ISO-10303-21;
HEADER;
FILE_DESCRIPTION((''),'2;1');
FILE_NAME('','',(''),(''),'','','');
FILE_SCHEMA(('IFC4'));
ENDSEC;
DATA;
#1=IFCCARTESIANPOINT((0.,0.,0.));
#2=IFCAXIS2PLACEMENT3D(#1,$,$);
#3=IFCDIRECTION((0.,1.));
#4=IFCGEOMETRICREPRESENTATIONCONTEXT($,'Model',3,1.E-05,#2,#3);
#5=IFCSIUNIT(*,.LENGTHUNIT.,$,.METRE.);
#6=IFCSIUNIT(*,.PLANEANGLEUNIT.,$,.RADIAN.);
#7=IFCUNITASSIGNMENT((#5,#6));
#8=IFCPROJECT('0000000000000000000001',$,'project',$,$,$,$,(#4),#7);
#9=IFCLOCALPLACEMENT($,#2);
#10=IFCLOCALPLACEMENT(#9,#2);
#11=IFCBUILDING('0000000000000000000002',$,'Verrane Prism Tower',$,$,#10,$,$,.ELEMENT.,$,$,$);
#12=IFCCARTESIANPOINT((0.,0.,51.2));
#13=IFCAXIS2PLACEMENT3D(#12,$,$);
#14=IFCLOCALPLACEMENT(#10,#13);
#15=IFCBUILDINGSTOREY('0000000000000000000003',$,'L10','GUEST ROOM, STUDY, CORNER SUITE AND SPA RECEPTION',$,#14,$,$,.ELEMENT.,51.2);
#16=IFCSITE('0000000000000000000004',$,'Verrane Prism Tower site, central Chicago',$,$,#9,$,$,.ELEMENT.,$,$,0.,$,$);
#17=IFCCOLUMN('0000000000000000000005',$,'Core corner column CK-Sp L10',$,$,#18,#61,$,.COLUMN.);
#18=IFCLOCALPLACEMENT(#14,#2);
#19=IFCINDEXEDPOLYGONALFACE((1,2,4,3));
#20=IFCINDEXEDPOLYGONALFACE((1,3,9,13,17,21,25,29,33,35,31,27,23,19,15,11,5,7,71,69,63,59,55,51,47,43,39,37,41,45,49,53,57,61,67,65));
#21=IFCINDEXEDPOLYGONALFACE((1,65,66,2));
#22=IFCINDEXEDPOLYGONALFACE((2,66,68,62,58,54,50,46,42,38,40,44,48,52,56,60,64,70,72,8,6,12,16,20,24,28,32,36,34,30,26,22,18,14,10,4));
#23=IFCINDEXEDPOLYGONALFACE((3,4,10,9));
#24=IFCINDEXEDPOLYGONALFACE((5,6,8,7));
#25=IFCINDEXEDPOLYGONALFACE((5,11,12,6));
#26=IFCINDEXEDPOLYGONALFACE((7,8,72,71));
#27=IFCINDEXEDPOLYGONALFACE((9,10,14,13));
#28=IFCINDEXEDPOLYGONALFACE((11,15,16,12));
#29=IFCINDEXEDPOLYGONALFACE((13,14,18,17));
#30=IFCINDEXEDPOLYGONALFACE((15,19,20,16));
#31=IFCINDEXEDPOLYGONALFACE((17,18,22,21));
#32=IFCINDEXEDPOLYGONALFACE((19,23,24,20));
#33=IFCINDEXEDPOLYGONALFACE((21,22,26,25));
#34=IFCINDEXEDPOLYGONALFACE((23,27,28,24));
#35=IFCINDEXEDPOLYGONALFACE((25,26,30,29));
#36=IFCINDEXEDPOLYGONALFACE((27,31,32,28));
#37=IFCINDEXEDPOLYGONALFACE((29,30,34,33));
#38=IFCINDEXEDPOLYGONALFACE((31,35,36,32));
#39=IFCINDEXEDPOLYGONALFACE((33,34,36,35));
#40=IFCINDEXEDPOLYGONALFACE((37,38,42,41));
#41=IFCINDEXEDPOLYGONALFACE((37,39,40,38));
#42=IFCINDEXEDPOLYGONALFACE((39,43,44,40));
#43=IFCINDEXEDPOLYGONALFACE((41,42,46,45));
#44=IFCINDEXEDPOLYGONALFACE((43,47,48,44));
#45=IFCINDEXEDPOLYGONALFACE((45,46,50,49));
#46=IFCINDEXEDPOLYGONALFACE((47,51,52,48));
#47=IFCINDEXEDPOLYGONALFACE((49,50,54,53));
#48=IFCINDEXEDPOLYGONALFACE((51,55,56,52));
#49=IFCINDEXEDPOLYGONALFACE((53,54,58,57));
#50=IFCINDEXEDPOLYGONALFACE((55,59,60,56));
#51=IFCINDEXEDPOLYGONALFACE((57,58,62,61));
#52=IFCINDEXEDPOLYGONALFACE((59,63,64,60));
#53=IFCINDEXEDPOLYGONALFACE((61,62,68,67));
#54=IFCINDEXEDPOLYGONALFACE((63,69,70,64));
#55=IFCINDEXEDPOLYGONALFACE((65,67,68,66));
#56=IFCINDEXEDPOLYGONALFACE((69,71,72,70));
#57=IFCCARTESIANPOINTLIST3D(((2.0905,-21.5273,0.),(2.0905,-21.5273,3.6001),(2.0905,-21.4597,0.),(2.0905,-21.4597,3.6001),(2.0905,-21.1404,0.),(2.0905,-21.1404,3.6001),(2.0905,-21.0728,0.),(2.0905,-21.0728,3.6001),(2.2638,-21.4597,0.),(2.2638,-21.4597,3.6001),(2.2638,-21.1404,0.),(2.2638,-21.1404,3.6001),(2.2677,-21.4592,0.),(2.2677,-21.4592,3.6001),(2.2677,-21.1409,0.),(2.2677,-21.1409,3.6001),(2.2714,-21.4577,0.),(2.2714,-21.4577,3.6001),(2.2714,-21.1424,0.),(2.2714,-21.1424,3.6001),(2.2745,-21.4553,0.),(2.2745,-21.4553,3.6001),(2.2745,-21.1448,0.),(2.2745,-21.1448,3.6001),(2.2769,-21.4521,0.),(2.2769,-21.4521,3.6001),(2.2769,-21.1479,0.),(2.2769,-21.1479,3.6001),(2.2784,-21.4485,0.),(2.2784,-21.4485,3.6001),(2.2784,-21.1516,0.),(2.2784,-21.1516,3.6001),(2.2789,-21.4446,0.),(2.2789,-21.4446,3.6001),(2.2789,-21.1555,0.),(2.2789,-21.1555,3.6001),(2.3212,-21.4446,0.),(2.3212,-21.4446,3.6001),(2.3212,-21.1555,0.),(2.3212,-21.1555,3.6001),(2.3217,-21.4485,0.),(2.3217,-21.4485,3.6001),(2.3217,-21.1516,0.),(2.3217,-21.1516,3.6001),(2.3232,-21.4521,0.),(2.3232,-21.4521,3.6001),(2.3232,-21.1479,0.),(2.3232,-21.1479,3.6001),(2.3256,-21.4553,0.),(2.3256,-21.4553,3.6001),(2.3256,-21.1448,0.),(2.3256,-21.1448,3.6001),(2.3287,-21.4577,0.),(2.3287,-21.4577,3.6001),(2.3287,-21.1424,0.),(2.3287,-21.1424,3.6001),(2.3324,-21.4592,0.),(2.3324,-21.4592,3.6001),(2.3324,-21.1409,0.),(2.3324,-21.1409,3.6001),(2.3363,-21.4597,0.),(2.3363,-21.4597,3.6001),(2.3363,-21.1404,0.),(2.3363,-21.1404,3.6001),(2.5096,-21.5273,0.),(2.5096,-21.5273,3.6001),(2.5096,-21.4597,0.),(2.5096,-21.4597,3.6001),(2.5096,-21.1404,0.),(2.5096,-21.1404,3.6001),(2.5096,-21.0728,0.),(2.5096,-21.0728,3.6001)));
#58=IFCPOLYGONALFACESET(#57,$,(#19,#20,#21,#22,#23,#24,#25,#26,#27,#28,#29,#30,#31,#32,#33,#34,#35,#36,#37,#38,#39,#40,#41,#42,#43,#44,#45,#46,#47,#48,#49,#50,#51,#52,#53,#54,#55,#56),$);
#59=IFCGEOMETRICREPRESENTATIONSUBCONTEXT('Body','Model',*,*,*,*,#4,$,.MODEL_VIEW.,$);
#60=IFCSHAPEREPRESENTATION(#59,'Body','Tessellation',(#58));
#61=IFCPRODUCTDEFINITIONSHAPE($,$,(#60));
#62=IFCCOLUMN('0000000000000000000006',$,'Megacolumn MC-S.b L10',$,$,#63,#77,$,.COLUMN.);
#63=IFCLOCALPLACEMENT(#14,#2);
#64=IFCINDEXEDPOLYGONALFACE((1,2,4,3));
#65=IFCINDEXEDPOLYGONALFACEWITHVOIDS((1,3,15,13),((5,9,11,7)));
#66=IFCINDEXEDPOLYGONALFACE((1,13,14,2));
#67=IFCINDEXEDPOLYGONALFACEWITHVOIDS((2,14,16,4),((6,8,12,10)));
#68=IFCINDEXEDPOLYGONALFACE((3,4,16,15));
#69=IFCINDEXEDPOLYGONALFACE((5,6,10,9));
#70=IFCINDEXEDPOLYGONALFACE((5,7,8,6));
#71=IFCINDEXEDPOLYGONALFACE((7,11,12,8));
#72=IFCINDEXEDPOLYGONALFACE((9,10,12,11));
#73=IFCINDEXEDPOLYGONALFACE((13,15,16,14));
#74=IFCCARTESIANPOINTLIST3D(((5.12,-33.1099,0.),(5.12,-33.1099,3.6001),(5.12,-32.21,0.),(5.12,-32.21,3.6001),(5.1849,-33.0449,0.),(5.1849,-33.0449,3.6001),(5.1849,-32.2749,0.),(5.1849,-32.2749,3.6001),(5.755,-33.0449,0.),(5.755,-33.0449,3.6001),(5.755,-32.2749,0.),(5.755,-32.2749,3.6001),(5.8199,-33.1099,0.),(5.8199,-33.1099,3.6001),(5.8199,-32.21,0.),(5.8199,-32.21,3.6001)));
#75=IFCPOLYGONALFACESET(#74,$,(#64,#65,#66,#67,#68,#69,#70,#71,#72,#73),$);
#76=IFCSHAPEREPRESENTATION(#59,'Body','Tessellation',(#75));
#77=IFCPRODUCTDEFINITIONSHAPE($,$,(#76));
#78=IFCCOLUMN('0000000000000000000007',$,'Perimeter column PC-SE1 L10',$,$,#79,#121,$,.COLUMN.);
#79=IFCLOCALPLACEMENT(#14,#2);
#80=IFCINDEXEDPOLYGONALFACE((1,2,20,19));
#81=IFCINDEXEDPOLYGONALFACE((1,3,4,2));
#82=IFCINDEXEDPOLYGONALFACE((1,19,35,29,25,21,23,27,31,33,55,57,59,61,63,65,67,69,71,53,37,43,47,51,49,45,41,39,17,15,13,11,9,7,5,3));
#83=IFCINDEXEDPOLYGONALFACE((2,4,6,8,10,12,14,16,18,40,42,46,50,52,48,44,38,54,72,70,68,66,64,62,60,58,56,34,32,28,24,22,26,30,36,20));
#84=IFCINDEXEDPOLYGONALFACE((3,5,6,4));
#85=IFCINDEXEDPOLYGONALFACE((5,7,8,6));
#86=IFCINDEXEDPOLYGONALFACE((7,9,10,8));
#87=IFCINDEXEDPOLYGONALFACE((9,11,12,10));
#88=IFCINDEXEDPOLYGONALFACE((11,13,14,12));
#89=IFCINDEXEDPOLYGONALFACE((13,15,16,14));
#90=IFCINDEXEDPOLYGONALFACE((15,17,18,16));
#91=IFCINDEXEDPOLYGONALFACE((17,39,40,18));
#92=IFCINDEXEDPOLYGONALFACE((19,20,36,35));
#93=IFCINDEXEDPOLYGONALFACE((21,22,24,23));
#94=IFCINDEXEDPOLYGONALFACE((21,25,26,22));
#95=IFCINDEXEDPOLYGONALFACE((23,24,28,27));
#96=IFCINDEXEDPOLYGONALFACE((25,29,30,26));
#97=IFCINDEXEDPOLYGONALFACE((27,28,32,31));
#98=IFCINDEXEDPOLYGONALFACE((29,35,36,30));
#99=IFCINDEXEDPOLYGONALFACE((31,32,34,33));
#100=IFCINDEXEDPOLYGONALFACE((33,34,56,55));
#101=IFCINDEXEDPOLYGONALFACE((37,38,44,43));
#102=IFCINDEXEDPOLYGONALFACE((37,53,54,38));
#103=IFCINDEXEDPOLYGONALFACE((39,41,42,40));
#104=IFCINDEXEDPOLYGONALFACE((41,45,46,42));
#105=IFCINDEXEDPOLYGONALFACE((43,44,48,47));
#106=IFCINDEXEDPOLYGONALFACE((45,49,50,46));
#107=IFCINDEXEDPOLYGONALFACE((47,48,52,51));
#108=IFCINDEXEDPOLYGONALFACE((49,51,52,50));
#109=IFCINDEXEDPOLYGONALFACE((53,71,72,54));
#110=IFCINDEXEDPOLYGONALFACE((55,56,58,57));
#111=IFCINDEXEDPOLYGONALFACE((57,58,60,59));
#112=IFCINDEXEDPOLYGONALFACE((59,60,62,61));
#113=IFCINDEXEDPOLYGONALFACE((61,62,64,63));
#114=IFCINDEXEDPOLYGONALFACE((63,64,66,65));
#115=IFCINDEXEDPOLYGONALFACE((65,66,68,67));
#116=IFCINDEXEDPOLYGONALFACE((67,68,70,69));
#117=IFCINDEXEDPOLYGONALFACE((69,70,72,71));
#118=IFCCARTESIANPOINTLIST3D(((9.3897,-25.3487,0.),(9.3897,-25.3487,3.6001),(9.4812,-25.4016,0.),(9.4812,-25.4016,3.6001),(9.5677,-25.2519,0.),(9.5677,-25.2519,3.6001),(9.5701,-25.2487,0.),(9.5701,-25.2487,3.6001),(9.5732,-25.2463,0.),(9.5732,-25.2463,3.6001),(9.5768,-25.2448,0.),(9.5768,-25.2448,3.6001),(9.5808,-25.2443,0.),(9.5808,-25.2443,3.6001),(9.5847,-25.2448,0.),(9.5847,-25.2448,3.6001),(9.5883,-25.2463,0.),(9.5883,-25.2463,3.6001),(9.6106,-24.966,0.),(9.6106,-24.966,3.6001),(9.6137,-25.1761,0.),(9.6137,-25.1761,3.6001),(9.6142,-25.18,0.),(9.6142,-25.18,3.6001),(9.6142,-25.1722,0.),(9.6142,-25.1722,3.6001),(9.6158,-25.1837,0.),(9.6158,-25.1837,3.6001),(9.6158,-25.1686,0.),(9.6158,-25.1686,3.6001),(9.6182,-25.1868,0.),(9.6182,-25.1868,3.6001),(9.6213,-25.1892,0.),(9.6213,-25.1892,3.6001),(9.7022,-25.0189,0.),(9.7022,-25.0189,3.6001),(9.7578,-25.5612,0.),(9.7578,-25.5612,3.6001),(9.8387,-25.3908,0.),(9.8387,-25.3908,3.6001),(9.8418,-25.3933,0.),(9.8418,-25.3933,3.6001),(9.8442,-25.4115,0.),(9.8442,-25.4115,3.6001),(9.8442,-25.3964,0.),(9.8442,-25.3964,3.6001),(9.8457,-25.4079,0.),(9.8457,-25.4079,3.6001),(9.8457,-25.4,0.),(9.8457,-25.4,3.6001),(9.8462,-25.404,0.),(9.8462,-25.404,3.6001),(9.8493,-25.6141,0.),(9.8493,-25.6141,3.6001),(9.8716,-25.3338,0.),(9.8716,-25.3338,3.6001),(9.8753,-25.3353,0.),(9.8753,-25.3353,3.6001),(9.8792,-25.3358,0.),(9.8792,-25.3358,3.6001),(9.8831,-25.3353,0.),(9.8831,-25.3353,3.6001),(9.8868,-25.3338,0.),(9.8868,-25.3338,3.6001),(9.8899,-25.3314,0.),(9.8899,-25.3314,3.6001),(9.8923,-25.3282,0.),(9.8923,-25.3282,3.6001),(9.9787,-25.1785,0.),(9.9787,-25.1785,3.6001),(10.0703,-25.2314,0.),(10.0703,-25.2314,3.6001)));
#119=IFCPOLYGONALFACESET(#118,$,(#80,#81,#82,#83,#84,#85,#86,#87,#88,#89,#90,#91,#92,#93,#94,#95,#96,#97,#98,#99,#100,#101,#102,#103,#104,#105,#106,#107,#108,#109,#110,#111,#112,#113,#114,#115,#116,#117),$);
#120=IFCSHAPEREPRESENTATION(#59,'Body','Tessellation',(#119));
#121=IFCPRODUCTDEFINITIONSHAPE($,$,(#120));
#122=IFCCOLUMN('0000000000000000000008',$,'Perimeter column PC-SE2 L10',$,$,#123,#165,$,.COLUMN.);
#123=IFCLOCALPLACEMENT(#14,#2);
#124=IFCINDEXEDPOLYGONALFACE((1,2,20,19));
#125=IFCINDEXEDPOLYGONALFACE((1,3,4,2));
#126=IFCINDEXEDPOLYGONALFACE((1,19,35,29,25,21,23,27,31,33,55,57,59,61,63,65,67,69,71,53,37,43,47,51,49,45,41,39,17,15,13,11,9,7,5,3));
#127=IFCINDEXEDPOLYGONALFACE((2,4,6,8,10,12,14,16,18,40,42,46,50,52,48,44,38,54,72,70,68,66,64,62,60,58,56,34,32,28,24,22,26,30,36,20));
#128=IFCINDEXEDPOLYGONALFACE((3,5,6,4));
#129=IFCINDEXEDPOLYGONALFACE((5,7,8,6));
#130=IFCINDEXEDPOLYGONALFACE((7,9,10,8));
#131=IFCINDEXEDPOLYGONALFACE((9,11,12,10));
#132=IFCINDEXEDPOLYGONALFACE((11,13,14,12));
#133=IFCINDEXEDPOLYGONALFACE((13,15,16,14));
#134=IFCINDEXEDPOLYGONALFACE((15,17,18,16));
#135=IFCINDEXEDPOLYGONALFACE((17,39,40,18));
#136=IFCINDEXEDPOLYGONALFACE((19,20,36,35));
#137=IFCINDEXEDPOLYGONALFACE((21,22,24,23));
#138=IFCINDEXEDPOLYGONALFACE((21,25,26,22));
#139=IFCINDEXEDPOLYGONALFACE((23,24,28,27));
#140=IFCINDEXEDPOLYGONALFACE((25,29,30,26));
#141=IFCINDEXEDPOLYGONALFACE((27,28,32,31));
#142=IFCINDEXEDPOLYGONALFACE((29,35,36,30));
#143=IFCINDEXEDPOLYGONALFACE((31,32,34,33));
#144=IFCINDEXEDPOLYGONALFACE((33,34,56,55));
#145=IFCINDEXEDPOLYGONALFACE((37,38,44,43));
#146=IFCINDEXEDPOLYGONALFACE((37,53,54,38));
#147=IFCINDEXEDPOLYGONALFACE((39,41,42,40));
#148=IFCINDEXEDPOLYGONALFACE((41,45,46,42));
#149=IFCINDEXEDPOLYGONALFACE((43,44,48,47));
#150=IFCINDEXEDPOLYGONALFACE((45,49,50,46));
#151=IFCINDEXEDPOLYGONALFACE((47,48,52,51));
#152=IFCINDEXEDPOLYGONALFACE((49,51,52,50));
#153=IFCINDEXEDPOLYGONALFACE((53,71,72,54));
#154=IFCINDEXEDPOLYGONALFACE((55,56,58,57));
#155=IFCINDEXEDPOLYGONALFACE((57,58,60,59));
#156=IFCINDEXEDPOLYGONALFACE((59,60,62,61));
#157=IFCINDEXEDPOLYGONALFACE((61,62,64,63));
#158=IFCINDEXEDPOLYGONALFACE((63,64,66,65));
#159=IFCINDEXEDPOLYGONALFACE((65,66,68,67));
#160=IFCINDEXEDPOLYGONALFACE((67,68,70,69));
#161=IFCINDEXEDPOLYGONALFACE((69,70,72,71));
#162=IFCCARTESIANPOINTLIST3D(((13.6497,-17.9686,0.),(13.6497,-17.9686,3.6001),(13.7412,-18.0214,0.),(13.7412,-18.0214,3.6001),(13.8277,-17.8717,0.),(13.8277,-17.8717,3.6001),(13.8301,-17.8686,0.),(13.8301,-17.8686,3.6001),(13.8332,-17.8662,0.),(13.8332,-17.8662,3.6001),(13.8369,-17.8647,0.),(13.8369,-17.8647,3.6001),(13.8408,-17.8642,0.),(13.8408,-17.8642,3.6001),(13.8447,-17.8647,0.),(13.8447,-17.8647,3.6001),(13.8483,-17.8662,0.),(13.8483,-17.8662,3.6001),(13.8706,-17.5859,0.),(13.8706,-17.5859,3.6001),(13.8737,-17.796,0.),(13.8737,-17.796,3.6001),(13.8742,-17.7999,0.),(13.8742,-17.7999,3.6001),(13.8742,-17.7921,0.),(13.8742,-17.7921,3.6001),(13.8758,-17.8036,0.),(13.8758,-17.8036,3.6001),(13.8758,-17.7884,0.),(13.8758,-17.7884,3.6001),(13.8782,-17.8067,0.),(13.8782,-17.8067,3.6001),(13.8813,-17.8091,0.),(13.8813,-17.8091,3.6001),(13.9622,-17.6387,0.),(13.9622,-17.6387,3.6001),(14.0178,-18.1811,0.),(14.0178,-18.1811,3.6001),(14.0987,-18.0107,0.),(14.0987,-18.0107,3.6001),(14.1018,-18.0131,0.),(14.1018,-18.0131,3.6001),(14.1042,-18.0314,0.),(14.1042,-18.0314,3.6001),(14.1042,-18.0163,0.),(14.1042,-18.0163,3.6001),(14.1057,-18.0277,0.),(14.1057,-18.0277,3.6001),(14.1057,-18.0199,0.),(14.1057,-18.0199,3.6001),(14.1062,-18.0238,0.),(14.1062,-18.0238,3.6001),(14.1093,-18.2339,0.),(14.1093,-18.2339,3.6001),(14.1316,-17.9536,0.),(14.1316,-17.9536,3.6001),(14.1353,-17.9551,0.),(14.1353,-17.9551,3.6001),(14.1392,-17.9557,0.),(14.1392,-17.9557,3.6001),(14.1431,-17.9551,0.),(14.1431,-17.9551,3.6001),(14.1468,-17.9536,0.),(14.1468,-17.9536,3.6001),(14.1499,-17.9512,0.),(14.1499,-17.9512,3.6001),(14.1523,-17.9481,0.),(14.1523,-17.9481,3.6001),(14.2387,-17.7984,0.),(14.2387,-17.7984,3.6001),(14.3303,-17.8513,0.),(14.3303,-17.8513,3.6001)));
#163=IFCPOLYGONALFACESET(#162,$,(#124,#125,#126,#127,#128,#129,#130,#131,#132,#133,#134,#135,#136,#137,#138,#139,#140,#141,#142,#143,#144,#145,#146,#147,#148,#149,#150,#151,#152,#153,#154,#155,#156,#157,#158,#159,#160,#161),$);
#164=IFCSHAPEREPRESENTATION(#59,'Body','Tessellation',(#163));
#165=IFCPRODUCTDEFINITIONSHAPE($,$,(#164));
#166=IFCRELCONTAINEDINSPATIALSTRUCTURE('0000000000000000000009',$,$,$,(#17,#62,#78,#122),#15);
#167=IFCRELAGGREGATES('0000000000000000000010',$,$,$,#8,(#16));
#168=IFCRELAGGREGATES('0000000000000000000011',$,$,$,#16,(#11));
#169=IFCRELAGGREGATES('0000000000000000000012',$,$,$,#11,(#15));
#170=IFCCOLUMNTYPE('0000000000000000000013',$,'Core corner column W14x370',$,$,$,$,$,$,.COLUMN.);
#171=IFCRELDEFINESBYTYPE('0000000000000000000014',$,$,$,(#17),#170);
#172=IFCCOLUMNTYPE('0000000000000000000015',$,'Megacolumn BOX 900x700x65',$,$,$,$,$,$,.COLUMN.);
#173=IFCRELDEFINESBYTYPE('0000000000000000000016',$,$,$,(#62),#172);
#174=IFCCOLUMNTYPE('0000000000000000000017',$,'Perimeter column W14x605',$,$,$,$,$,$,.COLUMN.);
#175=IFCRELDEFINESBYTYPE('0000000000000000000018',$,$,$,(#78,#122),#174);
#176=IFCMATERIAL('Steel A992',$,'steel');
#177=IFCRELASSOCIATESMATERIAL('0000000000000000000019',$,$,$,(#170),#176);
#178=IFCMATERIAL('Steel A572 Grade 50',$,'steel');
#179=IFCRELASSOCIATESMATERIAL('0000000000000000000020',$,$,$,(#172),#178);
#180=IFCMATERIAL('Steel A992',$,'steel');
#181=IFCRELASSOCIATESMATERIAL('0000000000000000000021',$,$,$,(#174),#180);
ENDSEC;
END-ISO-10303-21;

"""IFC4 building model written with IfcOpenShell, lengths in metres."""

from ifc_helpers import new_model, si_unit, direction, frame, origin, origin_2d, place, context, subcontext, project, spatial, hollow_rectangle, i_section, extrude, material, material_profile, profile_set, type_object, element, save


model = new_model("IFC4")

# Units and contexts
model_context = context("Model", 3, precision=1e-05, world=origin(), true_north=direction((0.0, 1.0)))
body_context = subcontext(model_context, "Body", "Model", "MODEL_VIEW")
ifc_project = project(units=[si_unit("LENGTHUNIT", "METRE"), si_unit("PLANEANGLEUNIT", "RADIAN")], contexts=[model_context])

# Site, building, storey
site_placement = place(None, origin())
site = spatial("IfcSite", under=ifc_project, at=site_placement, Name="Verrane Prism Tower site, central Chicago", CompositionType="ELEMENT", RefElevation=0.0)
building_placement = place(site_placement, origin())
building = spatial("IfcBuilding", under=site, at=building_placement, Name="Verrane Prism Tower", CompositionType="ELEMENT")
storey_placement = place(building_placement, frame((0.0, 0.0, 51.2)))
storey = spatial("IfcBuildingStorey", under=building, at=storey_placement, Name="L10", Description="GUEST ROOM, STUDY, CORNER SUITE AND SPA RECEPTION", CompositionType="ELEMENT", Elevation=51.2)

# Columns
ifc_material_1 = material(Name="Steel A992", Category="steel")
ifc_material_profile_1 = material_profile(ifc_material_1, i_section(OverallWidth=0.4192, OverallDepth=0.4546, WebThickness=0.0422, FlangeThickness=0.0676, FilletRadius=0.0151, at=origin_2d()), Name="W14x370")
ifc_profile_set_1 = profile_set([ifc_material_profile_1], Name="Steel A992")
column_type_1 = type_object("IfcColumnType", Name="Core corner column W14x370", PredefinedType="COLUMN", material=ifc_profile_set_1)
column_1_placement = place(storey_placement, frame((2.3, -21.3, 0.0), z_axis=(0.0, 0.0, 1.0), x_axis=(-1.0, 0.0, 0.0)))
element("IfcColumn", 1, at=column_1_placement, inside=storey, type_object=column_type_1, Name="Core corner column CK-Sp L10", PredefinedType="COLUMN", context=body_context, shape_type="SweptSolid", body=[
    extrude(i_section(OverallWidth=0.4192, OverallDepth=0.4546, WebThickness=0.0422, FlangeThickness=0.0676, FilletRadius=0.0151, at=origin_2d()), origin(), (0.0, 0.0, 1.0), 3.6001),
])
ifc_material_2 = material(Name="Steel A572 Grade 50", Category="steel")
ifc_material_profile_2 = material_profile(ifc_material_2, hollow_rectangle(XDim=0.7, YDim=0.8999, WallThickness=0.0649, at=origin_2d()), Name="BOX 900x700x65")
ifc_profile_set_2 = profile_set([ifc_material_profile_2], Name="Steel A572 Grade 50")
column_type_2 = type_object("IfcColumnType", Name="Megacolumn BOX 900x700x65", PredefinedType="COLUMN", material=ifc_profile_set_2)
column_2_placement = place(storey_placement, frame((5.47, -32.6599, 0.0), z_axis=(0.0, 0.0, 1.0), x_axis=(-1.0, 0.0, 0.0)))
element("IfcColumn", 2, at=column_2_placement, inside=storey, type_object=column_type_2, Name="Megacolumn MC-S.b L10", PredefinedType="COLUMN", context=body_context, shape_type="SweptSolid", body=[
    extrude(hollow_rectangle(XDim=0.7, YDim=0.8999, WallThickness=0.0649, at=origin_2d()), origin(), (0.0, 0.0, 1.0), 3.6001),
])
ifc_material_3 = material(Name="Steel A992", Category="steel")
ifc_material_profile_3 = material_profile(ifc_material_3, i_section(OverallWidth=0.4419, OverallDepth=0.5308, WebThickness=0.0659, FlangeThickness=0.1057, FilletRadius=0.0151, at=origin_2d()), Name="W14x605")
ifc_profile_set_3 = profile_set([ifc_material_profile_3], Name="Steel A992")
column_type_3 = type_object("IfcColumnType", Name="Perimeter column W14x605", PredefinedType="COLUMN", material=ifc_profile_set_3)
for number, where, z_axis, x_axis, name in (
    (3, (9.73, -25.29, 0.0), (0.0, 0.0, 1.0), (-0.5, -0.866025, 0.0), "Perimeter column PC-SE1 L10"),
    (4, (13.99, -17.9099, 0.0), (0.0, 0.0, 1.0), (-0.5, -0.866025, 0.0), "Perimeter column PC-SE2 L10"),
):
    element("IfcColumn", number, at=place(storey_placement, frame(where, z_axis=z_axis, x_axis=x_axis)), inside=storey, type_object=column_type_3, Name=name, PredefinedType="COLUMN", context=body_context, shape_type="SweptSolid", body=[
        extrude(i_section(OverallWidth=0.4419, OverallDepth=0.5308, WebThickness=0.0659, FlangeThickness=0.1057, FilletRadius=0.0151, at=origin_2d()), origin(), (0.0, 0.0, 1.0), 3.6001),
    ])

save(model, "model.ifc")
